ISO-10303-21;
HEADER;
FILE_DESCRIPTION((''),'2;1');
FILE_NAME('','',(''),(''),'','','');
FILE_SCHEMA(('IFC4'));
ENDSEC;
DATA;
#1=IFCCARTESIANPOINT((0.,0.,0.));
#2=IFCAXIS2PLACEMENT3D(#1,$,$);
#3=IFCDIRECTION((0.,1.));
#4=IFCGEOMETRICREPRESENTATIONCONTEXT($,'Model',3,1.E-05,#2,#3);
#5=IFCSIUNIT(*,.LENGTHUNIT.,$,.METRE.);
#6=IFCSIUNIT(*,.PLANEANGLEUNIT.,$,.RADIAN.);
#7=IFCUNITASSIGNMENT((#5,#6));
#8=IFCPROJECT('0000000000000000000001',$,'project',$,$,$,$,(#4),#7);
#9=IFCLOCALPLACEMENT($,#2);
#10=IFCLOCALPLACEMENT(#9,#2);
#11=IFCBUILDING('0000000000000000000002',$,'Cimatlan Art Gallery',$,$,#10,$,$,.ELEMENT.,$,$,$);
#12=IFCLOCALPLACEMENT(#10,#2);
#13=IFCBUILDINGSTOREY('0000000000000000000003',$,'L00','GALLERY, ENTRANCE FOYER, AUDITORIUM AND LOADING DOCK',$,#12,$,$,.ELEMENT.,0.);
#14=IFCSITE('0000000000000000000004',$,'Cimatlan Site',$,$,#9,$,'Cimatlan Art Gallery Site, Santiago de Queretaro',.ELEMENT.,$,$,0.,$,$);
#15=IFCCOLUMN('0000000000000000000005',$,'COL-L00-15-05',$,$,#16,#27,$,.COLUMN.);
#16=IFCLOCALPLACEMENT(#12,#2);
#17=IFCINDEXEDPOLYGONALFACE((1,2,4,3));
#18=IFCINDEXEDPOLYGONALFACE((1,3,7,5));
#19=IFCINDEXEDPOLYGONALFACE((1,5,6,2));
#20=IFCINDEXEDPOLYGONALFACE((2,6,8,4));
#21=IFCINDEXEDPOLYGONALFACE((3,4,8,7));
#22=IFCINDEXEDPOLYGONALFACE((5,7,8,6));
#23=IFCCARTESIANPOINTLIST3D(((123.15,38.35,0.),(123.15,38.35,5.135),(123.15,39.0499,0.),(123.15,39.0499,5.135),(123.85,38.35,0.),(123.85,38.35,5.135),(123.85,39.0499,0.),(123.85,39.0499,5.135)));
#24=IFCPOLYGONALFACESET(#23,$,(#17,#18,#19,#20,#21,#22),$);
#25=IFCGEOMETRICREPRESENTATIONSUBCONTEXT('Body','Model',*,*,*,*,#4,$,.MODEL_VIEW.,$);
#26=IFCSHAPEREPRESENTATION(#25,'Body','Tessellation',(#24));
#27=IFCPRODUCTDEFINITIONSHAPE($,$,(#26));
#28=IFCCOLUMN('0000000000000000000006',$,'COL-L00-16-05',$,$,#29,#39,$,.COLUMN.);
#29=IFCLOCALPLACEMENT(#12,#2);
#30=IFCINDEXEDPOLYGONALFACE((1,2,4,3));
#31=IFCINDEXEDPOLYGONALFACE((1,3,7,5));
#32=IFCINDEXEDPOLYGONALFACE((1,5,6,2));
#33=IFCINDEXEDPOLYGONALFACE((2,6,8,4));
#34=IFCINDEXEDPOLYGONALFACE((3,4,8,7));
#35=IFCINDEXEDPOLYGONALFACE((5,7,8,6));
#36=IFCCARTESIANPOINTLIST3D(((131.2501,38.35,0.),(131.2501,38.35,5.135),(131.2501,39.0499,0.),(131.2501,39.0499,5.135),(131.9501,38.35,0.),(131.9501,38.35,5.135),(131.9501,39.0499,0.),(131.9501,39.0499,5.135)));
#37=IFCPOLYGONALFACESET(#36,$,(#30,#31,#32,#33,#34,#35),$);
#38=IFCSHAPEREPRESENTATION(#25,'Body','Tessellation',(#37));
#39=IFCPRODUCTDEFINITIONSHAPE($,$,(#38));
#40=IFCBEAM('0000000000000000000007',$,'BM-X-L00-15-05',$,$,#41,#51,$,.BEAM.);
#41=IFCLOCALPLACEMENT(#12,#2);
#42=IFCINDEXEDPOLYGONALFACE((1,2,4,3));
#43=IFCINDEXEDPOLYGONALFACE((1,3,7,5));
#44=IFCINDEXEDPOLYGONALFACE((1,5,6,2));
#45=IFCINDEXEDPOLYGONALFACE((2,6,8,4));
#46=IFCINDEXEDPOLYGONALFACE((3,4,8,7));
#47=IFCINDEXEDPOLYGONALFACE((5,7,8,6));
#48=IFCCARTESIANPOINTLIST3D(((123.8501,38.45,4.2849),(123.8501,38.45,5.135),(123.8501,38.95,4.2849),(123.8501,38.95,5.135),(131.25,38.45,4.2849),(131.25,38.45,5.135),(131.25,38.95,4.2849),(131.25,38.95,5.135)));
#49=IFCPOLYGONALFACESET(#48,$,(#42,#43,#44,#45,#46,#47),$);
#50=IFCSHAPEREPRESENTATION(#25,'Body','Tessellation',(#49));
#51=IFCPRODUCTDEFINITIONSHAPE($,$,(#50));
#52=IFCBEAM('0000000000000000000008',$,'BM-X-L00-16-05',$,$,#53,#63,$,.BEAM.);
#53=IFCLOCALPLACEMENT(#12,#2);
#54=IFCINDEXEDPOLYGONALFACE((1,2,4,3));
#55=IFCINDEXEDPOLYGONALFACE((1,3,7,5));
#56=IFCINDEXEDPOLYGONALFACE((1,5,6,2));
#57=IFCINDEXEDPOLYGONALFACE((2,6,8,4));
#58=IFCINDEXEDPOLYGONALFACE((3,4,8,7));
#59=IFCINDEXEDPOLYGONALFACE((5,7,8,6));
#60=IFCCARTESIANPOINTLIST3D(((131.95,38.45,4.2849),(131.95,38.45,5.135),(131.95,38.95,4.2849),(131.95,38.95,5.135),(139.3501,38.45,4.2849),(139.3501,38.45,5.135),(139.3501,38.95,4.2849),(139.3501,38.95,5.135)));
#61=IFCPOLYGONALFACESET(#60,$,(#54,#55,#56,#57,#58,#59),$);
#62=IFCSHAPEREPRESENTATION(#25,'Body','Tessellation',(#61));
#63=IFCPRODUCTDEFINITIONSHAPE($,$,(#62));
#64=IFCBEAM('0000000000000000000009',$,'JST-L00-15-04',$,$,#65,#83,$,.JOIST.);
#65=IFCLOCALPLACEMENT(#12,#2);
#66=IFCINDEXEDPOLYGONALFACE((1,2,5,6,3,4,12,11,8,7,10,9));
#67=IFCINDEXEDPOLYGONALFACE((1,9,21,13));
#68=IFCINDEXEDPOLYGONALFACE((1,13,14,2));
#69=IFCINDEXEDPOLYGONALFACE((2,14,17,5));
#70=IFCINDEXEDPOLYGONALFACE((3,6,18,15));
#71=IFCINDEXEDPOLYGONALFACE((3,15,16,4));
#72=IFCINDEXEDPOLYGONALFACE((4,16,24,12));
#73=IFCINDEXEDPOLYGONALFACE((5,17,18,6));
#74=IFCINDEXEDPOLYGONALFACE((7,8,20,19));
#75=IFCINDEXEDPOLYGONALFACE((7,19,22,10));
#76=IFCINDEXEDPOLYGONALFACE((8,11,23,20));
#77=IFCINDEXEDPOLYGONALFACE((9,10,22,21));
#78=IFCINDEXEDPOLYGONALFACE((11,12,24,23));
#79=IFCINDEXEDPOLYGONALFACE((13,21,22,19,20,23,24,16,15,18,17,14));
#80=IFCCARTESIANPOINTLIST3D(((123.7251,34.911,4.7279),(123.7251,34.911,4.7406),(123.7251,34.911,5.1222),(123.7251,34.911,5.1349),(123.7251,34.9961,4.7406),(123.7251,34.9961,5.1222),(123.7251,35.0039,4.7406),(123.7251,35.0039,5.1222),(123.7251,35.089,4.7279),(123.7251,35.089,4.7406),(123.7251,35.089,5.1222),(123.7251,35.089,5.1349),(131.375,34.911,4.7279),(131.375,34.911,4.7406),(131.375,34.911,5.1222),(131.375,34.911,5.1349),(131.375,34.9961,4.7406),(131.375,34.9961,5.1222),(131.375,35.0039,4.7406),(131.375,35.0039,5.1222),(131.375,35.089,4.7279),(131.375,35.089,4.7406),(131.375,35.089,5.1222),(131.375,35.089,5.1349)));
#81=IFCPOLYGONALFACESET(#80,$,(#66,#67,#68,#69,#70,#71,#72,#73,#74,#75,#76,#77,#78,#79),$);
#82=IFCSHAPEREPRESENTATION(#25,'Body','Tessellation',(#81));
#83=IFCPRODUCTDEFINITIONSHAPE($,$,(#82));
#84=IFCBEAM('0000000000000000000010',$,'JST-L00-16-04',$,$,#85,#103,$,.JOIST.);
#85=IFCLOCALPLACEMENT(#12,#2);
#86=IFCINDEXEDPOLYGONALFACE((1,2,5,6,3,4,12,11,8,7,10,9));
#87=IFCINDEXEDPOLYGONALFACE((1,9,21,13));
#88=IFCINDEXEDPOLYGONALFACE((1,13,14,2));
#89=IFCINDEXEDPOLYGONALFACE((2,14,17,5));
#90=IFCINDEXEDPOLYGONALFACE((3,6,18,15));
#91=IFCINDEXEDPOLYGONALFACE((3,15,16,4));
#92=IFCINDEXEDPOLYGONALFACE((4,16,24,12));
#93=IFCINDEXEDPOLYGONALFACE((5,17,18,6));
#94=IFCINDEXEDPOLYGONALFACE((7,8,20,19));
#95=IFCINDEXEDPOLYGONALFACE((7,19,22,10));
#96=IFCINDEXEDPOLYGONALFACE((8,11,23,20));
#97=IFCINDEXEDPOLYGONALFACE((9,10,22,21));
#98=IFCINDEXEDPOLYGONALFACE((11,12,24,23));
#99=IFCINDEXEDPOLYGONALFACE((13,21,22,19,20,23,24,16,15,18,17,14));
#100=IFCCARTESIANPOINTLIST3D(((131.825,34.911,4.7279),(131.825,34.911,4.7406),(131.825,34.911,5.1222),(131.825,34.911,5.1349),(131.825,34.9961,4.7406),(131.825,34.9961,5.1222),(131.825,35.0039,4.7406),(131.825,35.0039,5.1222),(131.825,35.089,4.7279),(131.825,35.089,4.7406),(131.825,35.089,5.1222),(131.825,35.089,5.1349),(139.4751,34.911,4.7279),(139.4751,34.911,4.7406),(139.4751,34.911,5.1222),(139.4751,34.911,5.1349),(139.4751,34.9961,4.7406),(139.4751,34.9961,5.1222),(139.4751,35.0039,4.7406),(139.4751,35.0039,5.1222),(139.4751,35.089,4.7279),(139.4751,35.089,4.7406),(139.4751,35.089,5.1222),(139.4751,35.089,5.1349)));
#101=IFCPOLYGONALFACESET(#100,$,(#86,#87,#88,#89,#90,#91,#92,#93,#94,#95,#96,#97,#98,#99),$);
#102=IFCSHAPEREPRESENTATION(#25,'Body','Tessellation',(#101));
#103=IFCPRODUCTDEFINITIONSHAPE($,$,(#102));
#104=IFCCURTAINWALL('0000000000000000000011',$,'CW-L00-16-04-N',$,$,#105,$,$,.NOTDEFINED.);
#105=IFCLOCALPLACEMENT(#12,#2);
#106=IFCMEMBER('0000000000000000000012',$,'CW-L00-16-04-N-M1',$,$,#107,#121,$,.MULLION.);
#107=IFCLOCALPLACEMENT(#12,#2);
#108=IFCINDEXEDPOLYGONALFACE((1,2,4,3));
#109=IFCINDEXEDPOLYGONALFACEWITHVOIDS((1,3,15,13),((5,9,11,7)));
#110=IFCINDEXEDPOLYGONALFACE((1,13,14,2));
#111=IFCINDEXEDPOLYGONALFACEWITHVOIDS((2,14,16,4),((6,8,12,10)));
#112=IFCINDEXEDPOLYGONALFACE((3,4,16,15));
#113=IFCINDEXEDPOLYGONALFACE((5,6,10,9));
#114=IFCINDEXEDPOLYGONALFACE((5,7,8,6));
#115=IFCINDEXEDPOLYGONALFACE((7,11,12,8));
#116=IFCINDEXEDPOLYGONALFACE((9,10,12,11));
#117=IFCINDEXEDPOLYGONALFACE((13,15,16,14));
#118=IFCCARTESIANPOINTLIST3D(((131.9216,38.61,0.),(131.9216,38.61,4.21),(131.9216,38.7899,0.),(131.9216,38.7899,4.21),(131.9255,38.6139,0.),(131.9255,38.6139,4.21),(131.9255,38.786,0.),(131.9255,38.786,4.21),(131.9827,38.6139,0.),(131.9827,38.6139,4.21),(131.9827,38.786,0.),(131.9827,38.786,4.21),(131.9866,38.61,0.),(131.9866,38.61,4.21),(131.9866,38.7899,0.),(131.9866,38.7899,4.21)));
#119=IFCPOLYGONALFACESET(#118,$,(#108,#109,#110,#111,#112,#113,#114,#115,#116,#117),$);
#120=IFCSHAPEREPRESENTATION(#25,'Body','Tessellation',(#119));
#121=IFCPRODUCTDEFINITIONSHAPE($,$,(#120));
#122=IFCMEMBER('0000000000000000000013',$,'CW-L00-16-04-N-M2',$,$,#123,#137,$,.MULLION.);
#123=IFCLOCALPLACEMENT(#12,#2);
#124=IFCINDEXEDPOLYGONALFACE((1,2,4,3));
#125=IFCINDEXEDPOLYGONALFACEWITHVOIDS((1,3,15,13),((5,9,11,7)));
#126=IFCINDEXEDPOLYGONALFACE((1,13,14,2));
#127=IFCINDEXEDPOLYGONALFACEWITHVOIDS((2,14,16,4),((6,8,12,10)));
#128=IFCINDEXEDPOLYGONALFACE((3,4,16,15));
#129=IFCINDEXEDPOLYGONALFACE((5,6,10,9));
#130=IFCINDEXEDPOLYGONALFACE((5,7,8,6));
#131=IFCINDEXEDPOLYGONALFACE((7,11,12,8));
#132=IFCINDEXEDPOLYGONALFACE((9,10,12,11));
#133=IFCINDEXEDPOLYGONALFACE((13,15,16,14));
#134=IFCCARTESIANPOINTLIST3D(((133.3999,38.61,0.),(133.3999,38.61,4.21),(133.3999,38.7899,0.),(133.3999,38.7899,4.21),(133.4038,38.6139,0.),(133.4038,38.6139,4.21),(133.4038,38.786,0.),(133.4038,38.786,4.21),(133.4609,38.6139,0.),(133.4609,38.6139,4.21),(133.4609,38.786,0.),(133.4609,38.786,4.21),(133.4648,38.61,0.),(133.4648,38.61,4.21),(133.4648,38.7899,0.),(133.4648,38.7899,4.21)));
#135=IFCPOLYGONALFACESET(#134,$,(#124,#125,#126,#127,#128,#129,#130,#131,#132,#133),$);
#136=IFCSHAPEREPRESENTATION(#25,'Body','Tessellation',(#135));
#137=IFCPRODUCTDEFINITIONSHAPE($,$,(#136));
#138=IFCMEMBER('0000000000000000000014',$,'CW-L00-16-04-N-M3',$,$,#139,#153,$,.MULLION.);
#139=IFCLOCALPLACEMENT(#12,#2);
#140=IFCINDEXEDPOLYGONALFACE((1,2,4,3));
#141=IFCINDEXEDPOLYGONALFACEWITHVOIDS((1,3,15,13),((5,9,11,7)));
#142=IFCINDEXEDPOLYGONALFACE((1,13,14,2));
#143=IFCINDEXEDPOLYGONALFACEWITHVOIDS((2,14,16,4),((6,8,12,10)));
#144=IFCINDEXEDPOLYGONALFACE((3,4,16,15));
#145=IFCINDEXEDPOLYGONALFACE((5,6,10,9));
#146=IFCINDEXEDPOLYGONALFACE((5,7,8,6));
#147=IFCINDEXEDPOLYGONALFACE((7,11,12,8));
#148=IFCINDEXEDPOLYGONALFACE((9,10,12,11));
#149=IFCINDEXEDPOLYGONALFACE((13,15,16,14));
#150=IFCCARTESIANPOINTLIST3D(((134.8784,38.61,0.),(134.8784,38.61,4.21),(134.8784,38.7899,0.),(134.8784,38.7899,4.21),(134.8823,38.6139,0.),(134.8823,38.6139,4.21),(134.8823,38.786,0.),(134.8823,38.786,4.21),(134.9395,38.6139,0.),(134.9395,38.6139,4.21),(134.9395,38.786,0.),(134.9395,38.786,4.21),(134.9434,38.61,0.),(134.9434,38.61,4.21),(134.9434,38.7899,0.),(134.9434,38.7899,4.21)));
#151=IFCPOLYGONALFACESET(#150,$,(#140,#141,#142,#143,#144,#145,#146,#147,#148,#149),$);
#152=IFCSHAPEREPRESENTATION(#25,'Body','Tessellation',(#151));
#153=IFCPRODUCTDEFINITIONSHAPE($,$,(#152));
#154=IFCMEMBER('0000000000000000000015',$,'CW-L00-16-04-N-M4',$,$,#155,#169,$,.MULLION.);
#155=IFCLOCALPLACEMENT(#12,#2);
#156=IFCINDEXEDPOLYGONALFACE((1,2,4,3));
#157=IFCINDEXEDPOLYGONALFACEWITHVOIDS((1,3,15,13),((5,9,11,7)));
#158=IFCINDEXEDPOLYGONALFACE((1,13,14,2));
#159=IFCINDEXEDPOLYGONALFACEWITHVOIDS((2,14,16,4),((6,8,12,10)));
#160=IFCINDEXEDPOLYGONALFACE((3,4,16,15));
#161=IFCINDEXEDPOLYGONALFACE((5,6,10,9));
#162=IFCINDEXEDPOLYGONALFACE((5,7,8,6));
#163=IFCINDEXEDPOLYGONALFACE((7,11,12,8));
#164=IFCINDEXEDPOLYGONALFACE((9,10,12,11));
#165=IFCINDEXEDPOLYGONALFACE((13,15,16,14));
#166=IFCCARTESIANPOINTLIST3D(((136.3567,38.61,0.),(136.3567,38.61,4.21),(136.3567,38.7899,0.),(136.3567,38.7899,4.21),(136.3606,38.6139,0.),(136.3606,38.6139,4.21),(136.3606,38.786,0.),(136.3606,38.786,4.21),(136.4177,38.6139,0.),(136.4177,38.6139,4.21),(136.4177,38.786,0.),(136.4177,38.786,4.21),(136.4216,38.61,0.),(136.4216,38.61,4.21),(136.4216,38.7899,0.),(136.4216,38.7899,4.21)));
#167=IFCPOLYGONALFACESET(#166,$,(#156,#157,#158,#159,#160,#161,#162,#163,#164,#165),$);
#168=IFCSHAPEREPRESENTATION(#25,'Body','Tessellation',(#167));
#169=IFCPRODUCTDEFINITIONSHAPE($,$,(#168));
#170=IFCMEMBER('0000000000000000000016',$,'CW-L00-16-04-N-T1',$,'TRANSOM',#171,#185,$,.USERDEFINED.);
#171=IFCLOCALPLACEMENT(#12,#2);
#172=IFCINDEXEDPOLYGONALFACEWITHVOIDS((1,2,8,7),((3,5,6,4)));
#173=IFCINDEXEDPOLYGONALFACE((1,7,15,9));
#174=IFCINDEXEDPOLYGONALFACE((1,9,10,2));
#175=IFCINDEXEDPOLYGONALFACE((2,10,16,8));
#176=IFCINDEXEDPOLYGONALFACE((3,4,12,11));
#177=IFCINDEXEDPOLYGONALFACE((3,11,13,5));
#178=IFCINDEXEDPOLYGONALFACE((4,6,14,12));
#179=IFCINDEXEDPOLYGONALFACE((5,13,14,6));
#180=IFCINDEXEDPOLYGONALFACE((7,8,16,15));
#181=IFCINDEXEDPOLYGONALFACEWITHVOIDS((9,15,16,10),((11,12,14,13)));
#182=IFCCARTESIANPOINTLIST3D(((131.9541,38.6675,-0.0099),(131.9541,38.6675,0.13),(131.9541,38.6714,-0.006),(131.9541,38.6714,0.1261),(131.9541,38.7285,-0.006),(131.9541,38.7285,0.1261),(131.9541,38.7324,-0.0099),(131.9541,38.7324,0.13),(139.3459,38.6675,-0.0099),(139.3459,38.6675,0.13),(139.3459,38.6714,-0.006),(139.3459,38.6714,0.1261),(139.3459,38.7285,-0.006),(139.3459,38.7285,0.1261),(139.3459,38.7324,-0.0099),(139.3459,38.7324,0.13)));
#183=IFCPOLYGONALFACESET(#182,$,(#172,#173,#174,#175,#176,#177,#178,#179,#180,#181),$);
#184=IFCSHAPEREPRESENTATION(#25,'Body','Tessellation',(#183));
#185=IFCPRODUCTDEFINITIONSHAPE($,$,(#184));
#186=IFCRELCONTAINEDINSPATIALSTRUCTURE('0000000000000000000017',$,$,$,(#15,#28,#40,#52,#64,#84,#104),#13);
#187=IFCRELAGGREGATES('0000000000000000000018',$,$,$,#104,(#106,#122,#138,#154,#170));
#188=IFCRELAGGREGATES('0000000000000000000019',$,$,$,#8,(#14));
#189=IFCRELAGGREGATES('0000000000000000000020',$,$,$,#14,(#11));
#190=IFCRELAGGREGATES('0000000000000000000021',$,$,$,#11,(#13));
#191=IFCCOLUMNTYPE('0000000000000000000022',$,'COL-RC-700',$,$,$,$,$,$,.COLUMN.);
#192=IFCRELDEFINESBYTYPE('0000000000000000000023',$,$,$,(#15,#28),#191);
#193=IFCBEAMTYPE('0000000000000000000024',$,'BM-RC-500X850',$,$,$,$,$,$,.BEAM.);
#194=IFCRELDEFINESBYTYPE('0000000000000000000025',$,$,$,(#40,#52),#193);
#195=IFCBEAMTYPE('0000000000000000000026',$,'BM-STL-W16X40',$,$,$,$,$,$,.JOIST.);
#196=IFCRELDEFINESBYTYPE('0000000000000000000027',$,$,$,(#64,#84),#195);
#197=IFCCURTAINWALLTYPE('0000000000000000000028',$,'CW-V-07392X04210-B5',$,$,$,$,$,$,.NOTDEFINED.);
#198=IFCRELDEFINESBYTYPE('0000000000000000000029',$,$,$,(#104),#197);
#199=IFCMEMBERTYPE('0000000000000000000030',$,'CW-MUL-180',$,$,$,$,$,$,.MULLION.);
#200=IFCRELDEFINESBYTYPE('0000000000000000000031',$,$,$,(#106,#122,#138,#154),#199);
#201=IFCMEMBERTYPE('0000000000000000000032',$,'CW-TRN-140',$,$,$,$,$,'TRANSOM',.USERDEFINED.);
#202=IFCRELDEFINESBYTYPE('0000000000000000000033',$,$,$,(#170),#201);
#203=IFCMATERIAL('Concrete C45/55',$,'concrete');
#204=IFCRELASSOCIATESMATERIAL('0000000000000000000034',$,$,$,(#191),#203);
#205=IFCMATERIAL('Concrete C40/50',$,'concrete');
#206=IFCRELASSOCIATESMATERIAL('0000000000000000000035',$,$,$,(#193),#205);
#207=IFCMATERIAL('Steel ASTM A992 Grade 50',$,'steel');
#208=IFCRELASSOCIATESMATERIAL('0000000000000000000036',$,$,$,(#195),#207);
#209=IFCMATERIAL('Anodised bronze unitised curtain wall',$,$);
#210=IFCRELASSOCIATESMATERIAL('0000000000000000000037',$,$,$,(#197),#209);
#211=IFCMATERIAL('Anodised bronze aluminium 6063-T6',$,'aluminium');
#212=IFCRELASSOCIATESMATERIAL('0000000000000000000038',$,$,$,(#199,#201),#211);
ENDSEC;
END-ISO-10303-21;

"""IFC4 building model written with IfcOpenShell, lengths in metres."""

from ifc_helpers import new_model, si_unit, direction, frame, origin, origin_2d, place, context, subcontext, project, spatial, rectangle, hollow_rectangle, i_section, extrude, material, material_profile, profile_set, type_object, element, aggregate, save


model = new_model("IFC4")

# Units and contexts
model_context = context("Model", 3, precision=1e-05, world=origin(), true_north=direction((0.0, 1.0)))
body_context = subcontext(model_context, "Body", "Model", "MODEL_VIEW")
ifc_project = project(units=[si_unit("LENGTHUNIT", "METRE"), si_unit("PLANEANGLEUNIT", "RADIAN")], contexts=[model_context])

# Site, building, storey
site_placement = place(None, origin())
site = spatial("IfcSite", under=ifc_project, at=site_placement, Name="Cimatlan Site", LongName="Cimatlan Art Gallery Site, Santiago de Queretaro", CompositionType="ELEMENT", RefElevation=0.0)
building_placement = place(site_placement, origin())
building = spatial("IfcBuilding", under=site, at=building_placement, Name="Cimatlan Art Gallery", CompositionType="ELEMENT")
storey_placement = place(building_placement, origin())
storey = spatial("IfcBuildingStorey", under=building, at=storey_placement, Name="L00", Description="GALLERY, ENTRANCE FOYER, AUDITORIUM AND LOADING DOCK", CompositionType="ELEMENT", Elevation=0.0)

# Columns
ifc_material_1 = material(Name="Concrete C45/55", Category="concrete")
ifc_material_profile_1 = material_profile(ifc_material_1, rectangle(XDim=0.7, YDim=0.7, at=origin_2d()), Name="RC700X700")
ifc_profile_set_1 = profile_set([ifc_material_profile_1], Name="Concrete C45/55")
column_type = type_object("IfcColumnType", Name="COL-RC-700", PredefinedType="COLUMN", material=ifc_profile_set_1)
for number, where, z_axis, x_axis, name in (
    (1, (123.5, 38.7, 0.0), (0.0, 0.0, 1.0), (1.0, 0.0, 0.0), "COL-L00-15-05"),
    (2, (131.6001, 38.7, 0.0), (0.0, 0.0, 1.0), (1.0, 0.0, 0.0), "COL-L00-16-05"),
):
    element("IfcColumn", number, at=place(storey_placement, frame(where, z_axis=z_axis, x_axis=x_axis)), inside=storey, type_object=column_type, Name=name, PredefinedType="COLUMN", context=body_context, shape_type="SweptSolid", body=[
        extrude(rectangle(XDim=0.7, YDim=0.7, at=origin_2d()), origin(), (0.0, 0.0, 1.0), 5.135),
    ])

# Beams
ifc_material_2 = material(Name="Concrete C40/50", Category="concrete")
ifc_material_profile_2 = material_profile(ifc_material_2, rectangle(XDim=0.5, YDim=0.8501, at=origin_2d()), Name="RC500X850")
ifc_profile_set_2 = profile_set([ifc_material_profile_2], Name="Concrete C40/50")
beam_type_1 = type_object("IfcBeamType", Name="BM-RC-500X850", PredefinedType="BEAM", material=ifc_profile_set_2)
beam_1_placement = place(storey_placement, frame((123.8501, 38.7, 4.71), z_axis=(1.0, 0.0, 0.0), x_axis=(0.0, 1.0, 0.0)))
element("IfcBeam", 3, at=beam_1_placement, inside=storey, type_object=beam_type_1, Name="BM-X-L00-15-05", PredefinedType="BEAM", context=body_context, shape_type="SweptSolid", body=[
    extrude(rectangle(XDim=0.5, YDim=0.8501, at=origin_2d()), origin(), (0.0, 0.0, 1.0), 7.3999),
])
beam_2_placement = place(storey_placement, frame((131.95, 38.7, 4.71), z_axis=(1.0, 0.0, 0.0), x_axis=(0.0, 1.0, 0.0)))
element("IfcBeam", 4, at=beam_2_placement, inside=storey, type_object=beam_type_1, Name="BM-X-L00-16-05", PredefinedType="BEAM", context=body_context, shape_type="SweptSolid", body=[
    extrude(rectangle(XDim=0.5, YDim=0.8501, at=origin_2d()), origin(), (0.0, 0.0, 1.0), 7.4001),
])
ifc_material_3 = material(Name="Steel ASTM A992 Grade 50", Category="steel")
ifc_material_profile_3 = material_profile(ifc_material_3, i_section(OverallWidth=0.178, OverallDepth=0.407, WebThickness=0.0078, FlangeThickness=0.0127, at=origin_2d()), Name="W16X40")
ifc_profile_set_3 = profile_set([ifc_material_profile_3], Name="Steel ASTM A992 Grade 50")
beam_type_2 = type_object("IfcBeamType", Name="BM-STL-W16X40", PredefinedType="JOIST", material=ifc_profile_set_3)
beam_3_placement = place(storey_placement, frame((123.7251, 35.0, 4.9314), z_axis=(1.0, 0.0, 0.0), x_axis=(0.0, 1.0, 0.0)))
element("IfcBeam", 5, at=beam_3_placement, inside=storey, type_object=beam_type_2, Name="JST-L00-15-04", PredefinedType="JOIST", context=body_context, shape_type="SweptSolid", body=[
    extrude(i_section(OverallWidth=0.178, OverallDepth=0.407, WebThickness=0.0078, FlangeThickness=0.0127, at=origin_2d()), origin(), (0.0, 0.0, 1.0), 7.6499),
])
beam_4_placement = place(storey_placement, frame((131.825, 35.0, 4.9314), z_axis=(1.0, 0.0, 0.0), x_axis=(0.0, 1.0, 0.0)))
element("IfcBeam", 6, at=beam_4_placement, inside=storey, type_object=beam_type_2, Name="JST-L00-16-04", PredefinedType="JOIST", context=body_context, shape_type="SweptSolid", body=[
    extrude(i_section(OverallWidth=0.178, OverallDepth=0.407, WebThickness=0.0078, FlangeThickness=0.0127, at=origin_2d()), origin(), (0.0, 0.0, 1.0), 7.6501),
])

# Curtain wall, members
ifc_material_4 = material(Name="Anodised bronze unitised curtain wall")
curtain_wall_type = type_object("IfcCurtainWallType", Name="CW-V-07392X04210-B5", PredefinedType="NOTDEFINED", material=ifc_material_4)
curtain_wall_placement = place(storey_placement, origin())
curtain_wall = element("IfcCurtainWall", 7, at=curtain_wall_placement, inside=storey, type_object=curtain_wall_type, Name="CW-L00-16-04-N", PredefinedType="NOTDEFINED")
ifc_material_5 = material(Name="Anodised bronze aluminium 6063-T6", Category="aluminium")
ifc_material_profile_4 = material_profile(ifc_material_5, hollow_rectangle(XDim=0.0649, YDim=0.1799, WallThickness=0.0039, at=origin_2d()), Name="ALU65X180X4")
ifc_profile_set_4 = profile_set([ifc_material_profile_4], Name="Anodised bronze aluminium 6063-T6")
member_type_1 = type_object("IfcMemberType", Name="CW-MUL-180", PredefinedType="MULLION", material=ifc_profile_set_4)
member_1_placement = place(storey_placement, frame((131.9541, 38.7, 0.0), z_axis=(0.0, 0.0, 1.0), x_axis=(1.0, 0.0, 0.0)))
member_1 = element("IfcMember", 8, at=member_1_placement, type_object=member_type_1, Name="CW-L00-16-04-N-M1", PredefinedType="MULLION", context=body_context, shape_type="SweptSolid", body=[
    extrude(hollow_rectangle(XDim=0.0649, YDim=0.1799, WallThickness=0.0039, at=origin_2d()), origin(), (0.0, 0.0, 1.0), 4.21),
])
member_2_placement = place(storey_placement, frame((133.4324, 38.7, 0.0), z_axis=(0.0, 0.0, 1.0), x_axis=(1.0, 0.0, 0.0)))
member_2 = element("IfcMember", 9, at=member_2_placement, type_object=member_type_1, Name="CW-L00-16-04-N-M2", PredefinedType="MULLION", context=body_context, shape_type="SweptSolid", body=[
    extrude(hollow_rectangle(XDim=0.0649, YDim=0.1799, WallThickness=0.0039, at=origin_2d()), origin(), (0.0, 0.0, 1.0), 4.21),
])
member_3_placement = place(storey_placement, frame((134.9109, 38.7, 0.0), z_axis=(0.0, 0.0, 1.0), x_axis=(1.0, 0.0, 0.0)))
member_3 = element("IfcMember", 10, at=member_3_placement, type_object=member_type_1, Name="CW-L00-16-04-N-M3", PredefinedType="MULLION", context=body_context, shape_type="SweptSolid", body=[
    extrude(hollow_rectangle(XDim=0.0649, YDim=0.1799, WallThickness=0.0039, at=origin_2d()), origin(), (0.0, 0.0, 1.0), 4.21),
])
member_4_placement = place(storey_placement, frame((136.3892, 38.7, 0.0), z_axis=(0.0, 0.0, 1.0), x_axis=(1.0, 0.0, 0.0)))
member_4 = element("IfcMember", 11, at=member_4_placement, type_object=member_type_1, Name="CW-L00-16-04-N-M4", PredefinedType="MULLION", context=body_context, shape_type="SweptSolid", body=[
    extrude(hollow_rectangle(XDim=0.0649, YDim=0.1799, WallThickness=0.0039, at=origin_2d()), origin(), (0.0, 0.0, 1.0), 4.21),
])
ifc_material_profile_5 = material_profile(ifc_material_5, hollow_rectangle(XDim=0.0649, YDim=0.1399, WallThickness=0.0039, at=origin_2d()), Name="ALU65X140X4")
ifc_profile_set_5 = profile_set([ifc_material_profile_5], Name="Anodised bronze aluminium 6063-T6")
member_type_2 = type_object("IfcMemberType", Name="CW-TRN-140", ElementType="TRANSOM", PredefinedType="USERDEFINED", material=ifc_profile_set_5)
member_5_placement = place(storey_placement, frame((131.9541, 38.7, 0.0601), z_axis=(1.0, 0.0, 0.0), x_axis=(0.0, 1.0, 0.0)))
member_5 = element("IfcMember", 12, at=member_5_placement, type_object=member_type_2, Name="CW-L00-16-04-N-T1", ObjectType="TRANSOM", PredefinedType="USERDEFINED", context=body_context, shape_type="SweptSolid", body=[
    extrude(hollow_rectangle(XDim=0.0649, YDim=0.1399, WallThickness=0.0039, at=origin_2d()), origin(), (0.0, 0.0, 1.0), 7.3918),
])
aggregate(curtain_wall, [member_1, member_2, member_3, member_4, member_5])

save(model, "model.ifc")
